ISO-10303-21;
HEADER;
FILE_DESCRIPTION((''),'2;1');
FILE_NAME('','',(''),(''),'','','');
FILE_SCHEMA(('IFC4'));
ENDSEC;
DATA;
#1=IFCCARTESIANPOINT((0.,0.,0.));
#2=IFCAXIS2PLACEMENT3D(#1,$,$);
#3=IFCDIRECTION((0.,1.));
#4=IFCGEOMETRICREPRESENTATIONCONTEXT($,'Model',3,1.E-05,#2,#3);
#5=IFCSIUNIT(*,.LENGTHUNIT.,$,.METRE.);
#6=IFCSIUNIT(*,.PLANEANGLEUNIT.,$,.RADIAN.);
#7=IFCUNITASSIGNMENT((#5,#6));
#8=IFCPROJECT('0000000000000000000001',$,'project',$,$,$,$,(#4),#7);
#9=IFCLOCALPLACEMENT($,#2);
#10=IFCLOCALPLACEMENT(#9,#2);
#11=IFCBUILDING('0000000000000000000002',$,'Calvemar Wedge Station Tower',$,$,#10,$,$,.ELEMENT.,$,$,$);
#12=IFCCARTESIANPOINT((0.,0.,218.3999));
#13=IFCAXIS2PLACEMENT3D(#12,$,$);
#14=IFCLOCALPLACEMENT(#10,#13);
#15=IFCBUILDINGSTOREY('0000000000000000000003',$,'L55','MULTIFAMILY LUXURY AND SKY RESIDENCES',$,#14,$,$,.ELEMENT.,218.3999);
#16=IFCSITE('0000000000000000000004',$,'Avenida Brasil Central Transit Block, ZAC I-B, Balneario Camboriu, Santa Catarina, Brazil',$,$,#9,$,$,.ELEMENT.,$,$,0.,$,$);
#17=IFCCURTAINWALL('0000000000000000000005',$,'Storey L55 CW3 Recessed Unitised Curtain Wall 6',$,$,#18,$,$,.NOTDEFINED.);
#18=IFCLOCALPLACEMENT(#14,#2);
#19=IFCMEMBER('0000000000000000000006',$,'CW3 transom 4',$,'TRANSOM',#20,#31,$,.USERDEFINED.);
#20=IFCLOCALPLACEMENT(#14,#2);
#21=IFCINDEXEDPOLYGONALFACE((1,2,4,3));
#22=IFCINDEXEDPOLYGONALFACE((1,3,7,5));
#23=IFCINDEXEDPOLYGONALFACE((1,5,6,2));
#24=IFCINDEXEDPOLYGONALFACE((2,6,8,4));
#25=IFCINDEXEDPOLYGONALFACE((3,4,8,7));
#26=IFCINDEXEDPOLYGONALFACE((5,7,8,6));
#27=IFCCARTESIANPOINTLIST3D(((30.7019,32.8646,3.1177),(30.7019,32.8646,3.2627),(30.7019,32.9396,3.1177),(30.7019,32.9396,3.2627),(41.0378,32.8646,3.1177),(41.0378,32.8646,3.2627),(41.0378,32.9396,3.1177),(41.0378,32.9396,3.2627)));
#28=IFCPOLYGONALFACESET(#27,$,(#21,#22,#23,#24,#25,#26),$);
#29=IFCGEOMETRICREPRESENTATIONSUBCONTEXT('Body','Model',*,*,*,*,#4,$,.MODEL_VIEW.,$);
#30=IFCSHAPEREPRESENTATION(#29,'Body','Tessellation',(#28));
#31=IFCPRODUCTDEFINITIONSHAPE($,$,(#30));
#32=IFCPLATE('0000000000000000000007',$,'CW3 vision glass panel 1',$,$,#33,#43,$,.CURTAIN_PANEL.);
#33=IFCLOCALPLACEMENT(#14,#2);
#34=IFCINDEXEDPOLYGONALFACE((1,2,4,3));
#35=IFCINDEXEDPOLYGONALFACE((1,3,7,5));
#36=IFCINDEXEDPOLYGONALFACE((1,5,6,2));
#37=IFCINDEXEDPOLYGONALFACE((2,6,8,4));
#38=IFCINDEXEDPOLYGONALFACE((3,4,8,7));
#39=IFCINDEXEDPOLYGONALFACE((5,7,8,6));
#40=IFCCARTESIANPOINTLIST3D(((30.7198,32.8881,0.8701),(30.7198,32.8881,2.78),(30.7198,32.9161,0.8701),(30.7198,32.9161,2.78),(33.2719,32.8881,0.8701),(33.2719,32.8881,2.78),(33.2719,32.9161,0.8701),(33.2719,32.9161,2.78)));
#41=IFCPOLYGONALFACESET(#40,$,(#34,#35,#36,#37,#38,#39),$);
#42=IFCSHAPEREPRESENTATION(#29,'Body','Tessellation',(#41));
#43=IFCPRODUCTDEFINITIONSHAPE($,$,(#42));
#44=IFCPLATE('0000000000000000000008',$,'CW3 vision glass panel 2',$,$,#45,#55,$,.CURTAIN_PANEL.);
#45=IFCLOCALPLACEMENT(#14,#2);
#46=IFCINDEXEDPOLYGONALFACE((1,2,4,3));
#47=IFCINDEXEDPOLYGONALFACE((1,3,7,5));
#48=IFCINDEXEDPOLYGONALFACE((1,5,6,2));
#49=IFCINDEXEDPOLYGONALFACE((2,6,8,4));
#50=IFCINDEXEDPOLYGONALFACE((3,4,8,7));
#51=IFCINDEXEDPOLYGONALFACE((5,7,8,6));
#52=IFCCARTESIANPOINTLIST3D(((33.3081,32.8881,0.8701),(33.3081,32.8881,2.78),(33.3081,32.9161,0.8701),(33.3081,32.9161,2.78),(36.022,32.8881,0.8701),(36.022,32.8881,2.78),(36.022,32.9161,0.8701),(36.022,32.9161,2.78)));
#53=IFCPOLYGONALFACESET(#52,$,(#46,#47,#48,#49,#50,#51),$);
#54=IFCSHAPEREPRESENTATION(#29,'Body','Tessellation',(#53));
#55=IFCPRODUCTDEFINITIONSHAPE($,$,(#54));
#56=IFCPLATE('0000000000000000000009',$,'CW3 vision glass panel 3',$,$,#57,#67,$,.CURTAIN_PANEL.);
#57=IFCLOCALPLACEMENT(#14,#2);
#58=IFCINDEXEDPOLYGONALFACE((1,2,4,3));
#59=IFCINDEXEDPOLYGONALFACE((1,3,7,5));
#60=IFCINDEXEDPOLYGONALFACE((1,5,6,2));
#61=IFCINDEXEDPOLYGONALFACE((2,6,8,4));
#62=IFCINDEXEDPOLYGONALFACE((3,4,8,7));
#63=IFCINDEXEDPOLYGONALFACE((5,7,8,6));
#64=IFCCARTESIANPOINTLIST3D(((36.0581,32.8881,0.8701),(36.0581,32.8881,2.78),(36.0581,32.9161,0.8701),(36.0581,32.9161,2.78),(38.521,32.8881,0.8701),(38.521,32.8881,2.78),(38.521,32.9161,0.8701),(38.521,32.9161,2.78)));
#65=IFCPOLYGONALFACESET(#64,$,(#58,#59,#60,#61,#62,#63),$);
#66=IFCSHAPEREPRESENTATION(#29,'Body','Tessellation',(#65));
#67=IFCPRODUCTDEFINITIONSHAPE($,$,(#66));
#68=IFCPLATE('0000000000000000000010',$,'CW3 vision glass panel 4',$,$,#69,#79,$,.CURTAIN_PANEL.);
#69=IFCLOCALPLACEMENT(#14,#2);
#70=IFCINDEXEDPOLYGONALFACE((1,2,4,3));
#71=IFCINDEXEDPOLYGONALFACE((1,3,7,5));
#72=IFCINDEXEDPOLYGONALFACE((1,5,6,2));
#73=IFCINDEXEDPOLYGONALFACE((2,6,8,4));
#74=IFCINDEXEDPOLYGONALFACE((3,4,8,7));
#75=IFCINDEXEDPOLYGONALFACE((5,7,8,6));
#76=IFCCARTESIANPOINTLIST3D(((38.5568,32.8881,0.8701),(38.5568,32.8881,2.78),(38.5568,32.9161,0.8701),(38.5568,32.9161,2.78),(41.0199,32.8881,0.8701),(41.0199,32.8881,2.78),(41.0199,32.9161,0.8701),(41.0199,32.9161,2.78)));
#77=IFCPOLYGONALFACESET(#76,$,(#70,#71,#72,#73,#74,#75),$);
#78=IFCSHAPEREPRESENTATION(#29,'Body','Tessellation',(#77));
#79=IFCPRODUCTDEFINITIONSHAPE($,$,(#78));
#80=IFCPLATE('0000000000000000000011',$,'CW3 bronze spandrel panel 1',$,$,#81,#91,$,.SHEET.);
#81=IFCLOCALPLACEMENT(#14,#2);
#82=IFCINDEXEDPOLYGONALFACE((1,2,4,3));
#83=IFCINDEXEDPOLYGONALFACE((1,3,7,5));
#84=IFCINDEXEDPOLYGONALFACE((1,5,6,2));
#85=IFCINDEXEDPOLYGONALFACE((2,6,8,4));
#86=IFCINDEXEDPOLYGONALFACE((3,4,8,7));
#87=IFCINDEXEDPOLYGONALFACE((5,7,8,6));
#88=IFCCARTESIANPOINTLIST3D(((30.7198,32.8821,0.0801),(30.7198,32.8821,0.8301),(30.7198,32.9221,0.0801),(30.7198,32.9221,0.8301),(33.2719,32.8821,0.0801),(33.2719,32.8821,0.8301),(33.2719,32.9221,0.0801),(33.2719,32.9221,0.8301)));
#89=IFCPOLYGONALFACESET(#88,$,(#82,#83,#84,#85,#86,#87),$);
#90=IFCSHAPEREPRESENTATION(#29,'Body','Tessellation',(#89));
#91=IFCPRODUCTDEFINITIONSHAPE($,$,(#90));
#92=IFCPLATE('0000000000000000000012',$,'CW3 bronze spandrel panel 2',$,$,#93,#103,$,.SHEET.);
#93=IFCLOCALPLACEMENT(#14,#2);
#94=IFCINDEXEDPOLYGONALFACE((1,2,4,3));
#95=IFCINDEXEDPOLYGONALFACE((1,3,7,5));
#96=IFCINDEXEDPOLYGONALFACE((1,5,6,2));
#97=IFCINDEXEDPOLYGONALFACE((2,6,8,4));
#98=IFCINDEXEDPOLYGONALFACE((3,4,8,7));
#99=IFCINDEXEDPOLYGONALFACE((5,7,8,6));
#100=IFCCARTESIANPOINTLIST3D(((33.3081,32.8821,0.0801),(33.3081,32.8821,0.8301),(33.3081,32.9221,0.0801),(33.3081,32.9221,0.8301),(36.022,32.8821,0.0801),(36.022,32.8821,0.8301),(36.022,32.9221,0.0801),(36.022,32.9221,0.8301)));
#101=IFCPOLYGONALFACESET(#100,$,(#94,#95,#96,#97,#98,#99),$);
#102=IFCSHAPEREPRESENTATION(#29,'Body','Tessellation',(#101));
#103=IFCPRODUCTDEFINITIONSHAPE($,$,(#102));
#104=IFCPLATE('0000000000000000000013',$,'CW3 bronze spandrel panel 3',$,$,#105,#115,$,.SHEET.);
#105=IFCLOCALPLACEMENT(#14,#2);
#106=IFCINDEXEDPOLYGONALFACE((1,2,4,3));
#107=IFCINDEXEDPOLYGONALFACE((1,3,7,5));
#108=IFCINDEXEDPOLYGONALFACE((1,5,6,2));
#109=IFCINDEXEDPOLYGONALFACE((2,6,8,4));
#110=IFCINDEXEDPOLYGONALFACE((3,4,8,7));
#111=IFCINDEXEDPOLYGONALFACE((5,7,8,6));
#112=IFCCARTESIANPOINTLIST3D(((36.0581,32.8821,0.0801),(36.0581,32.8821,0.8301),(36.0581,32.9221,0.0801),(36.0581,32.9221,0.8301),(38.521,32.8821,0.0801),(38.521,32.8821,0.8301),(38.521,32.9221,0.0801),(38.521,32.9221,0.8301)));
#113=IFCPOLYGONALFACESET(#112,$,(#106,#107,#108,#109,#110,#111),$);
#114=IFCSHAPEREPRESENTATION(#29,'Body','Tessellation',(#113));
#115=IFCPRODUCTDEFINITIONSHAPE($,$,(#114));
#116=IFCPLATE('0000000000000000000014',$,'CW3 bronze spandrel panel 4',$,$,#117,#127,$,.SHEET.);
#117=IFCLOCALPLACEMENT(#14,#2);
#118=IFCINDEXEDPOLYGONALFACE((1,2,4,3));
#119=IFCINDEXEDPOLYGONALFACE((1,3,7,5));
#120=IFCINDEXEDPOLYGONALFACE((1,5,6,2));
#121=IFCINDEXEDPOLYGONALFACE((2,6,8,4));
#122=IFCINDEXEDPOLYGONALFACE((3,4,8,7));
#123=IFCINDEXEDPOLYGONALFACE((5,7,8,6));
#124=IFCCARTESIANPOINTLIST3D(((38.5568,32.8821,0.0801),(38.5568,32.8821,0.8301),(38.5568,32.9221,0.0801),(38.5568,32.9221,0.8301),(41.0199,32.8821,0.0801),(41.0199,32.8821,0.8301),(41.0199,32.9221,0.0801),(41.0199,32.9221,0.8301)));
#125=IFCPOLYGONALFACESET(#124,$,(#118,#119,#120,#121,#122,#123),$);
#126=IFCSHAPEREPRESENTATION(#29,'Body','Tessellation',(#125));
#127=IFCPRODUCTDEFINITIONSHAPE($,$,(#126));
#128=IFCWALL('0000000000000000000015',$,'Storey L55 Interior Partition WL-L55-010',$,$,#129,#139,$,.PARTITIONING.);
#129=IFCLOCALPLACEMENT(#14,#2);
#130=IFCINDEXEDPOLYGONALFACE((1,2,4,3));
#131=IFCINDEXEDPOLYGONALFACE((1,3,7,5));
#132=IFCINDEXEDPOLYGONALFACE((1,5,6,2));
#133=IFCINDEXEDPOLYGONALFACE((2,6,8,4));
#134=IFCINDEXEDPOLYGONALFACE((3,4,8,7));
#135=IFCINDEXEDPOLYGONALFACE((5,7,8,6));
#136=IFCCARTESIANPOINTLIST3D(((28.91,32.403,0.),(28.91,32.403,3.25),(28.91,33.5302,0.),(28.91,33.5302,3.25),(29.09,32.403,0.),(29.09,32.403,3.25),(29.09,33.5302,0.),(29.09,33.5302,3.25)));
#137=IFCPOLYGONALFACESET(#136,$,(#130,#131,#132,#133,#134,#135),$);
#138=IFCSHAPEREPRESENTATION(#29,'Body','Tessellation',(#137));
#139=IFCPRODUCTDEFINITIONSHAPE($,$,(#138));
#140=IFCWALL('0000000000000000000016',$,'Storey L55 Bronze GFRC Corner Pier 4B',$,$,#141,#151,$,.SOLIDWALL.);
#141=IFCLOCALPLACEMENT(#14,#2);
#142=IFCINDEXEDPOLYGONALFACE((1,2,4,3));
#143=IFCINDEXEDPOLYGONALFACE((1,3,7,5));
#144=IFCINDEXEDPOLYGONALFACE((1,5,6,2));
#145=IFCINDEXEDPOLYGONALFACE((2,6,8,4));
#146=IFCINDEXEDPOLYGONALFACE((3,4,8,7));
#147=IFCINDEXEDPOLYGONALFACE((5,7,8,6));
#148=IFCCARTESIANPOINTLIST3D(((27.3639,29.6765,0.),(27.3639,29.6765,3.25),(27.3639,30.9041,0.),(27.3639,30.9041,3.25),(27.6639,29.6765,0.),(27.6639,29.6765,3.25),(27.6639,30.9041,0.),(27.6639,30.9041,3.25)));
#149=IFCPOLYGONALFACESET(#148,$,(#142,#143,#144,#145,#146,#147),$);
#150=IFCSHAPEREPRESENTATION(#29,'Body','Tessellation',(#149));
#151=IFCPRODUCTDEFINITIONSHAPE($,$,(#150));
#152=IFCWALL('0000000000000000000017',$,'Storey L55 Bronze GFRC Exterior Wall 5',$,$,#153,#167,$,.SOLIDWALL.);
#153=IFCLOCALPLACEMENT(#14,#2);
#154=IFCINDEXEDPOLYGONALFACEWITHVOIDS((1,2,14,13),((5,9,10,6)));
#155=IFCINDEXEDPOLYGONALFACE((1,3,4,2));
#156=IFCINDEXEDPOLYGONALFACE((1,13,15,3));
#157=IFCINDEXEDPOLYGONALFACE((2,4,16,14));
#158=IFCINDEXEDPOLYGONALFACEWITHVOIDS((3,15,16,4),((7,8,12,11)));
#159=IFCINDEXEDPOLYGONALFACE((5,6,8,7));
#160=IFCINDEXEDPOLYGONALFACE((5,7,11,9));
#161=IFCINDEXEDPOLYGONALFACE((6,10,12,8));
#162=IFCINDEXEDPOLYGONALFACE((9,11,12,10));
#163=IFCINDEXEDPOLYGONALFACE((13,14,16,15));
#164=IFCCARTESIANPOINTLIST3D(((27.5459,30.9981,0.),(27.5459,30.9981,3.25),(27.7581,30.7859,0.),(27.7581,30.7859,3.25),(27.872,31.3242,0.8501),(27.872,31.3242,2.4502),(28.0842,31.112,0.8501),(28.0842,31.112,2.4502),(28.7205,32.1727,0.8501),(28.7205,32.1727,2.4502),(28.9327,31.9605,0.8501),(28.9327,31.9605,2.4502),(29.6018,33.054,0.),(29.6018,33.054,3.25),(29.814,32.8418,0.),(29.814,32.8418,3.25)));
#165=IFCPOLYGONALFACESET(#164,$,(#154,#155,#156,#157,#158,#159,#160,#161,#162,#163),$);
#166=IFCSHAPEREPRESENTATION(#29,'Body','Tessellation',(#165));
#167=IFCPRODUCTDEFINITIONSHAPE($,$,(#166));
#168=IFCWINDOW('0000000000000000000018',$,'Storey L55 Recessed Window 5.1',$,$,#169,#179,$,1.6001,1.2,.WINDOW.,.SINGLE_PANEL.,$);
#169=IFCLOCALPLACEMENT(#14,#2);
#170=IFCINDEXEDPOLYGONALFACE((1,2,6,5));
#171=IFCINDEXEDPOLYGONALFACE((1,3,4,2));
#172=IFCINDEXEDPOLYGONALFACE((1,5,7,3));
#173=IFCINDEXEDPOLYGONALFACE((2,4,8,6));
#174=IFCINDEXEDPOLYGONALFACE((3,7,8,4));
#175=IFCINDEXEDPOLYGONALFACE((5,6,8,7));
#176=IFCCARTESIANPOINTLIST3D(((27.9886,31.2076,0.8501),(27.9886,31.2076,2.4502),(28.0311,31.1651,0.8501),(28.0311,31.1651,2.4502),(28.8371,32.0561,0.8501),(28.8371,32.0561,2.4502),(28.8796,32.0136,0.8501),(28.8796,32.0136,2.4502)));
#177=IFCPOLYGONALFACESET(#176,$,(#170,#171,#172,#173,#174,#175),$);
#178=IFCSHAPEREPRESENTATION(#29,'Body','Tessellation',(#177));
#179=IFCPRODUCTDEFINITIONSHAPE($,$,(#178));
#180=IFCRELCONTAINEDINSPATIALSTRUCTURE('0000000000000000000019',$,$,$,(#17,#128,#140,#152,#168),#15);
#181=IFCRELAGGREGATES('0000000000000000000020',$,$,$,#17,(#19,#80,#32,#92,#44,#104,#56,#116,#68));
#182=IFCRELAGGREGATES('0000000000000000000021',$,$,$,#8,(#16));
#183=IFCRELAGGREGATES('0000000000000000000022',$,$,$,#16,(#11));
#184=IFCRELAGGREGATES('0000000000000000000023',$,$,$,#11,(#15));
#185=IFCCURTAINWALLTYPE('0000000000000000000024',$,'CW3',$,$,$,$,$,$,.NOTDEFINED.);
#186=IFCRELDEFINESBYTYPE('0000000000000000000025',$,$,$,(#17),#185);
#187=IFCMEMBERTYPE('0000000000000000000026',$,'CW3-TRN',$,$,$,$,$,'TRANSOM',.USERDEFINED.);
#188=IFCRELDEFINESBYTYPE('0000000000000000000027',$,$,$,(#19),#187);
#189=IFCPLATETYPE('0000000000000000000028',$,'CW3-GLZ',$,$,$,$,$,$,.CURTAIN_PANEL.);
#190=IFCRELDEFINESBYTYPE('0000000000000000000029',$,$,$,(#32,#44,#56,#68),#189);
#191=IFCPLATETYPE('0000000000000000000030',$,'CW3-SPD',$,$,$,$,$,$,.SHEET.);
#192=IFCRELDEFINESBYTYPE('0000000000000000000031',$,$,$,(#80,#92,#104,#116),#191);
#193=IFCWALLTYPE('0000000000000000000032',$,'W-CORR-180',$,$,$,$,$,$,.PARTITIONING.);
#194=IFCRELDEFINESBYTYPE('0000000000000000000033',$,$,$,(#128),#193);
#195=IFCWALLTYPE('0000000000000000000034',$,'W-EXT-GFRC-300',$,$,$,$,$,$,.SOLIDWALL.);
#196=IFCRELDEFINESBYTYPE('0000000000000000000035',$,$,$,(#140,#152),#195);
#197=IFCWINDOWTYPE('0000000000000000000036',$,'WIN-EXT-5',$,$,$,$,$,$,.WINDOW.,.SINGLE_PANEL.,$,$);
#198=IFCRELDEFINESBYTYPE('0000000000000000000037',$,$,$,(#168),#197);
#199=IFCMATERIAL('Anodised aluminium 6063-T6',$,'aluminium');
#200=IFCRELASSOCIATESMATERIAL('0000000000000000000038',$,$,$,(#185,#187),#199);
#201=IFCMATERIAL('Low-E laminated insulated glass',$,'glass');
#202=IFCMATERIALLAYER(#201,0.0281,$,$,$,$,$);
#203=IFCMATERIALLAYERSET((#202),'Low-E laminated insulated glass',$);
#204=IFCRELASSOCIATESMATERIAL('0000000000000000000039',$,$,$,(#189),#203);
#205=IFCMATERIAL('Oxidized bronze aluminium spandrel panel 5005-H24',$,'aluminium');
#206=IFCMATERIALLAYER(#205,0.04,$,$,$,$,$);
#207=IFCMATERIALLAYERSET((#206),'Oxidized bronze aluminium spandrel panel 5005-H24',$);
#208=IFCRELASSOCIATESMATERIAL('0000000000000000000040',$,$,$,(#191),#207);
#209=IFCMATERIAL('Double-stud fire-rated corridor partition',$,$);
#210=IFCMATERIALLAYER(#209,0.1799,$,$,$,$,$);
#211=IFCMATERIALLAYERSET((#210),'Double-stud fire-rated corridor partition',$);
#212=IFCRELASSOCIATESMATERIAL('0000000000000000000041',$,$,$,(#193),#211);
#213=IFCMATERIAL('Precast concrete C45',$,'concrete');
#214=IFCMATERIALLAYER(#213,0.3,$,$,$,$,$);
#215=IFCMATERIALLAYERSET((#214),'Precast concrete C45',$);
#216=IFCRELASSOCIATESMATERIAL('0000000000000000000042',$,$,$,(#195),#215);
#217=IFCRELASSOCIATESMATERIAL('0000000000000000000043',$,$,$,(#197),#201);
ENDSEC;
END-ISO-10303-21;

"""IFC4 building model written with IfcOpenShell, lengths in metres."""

from ifc_helpers import new_model, si_unit, direction, frame, frame_2d, origin, origin_2d, place, context, subcontext, project, spatial, rectangle, extrude, source, transform, mapped, material, layer, layer_set, material_profile, profile_set, type_object, element, fill, aggregate, save


model = new_model("IFC4")

# Units and contexts
model_context = context("Model", 3, precision=1e-05, world=origin(), true_north=direction((0.0, 1.0)))
body_context = subcontext(model_context, "Body", "Model", "MODEL_VIEW")
ifc_project = project(units=[si_unit("LENGTHUNIT", "METRE"), si_unit("PLANEANGLEUNIT", "RADIAN")], contexts=[model_context])

# Site, building, storey
site_placement = place(None, origin())
site = spatial("IfcSite", under=ifc_project, at=site_placement, Name="Avenida Brasil Central Transit Block, ZAC I-B, Balneario Camboriu, Santa Catarina, Brazil", CompositionType="ELEMENT", RefElevation=0.0)
building_placement = place(site_placement, origin())
building = spatial("IfcBuilding", under=site, at=building_placement, Name="Calvemar Wedge Station Tower", CompositionType="ELEMENT")
storey_placement = place(building_placement, frame((0.0, 0.0, 218.3999)))
storey = spatial("IfcBuildingStorey", under=building, at=storey_placement, Name="L55", Description="MULTIFAMILY LUXURY AND SKY RESIDENCES", CompositionType="ELEMENT", Elevation=218.3999)

# Shared definitions
ifc_material_1 = material(Name="Anodised aluminium 6063-T6", Category="aluminium")
curtain_wall_type = type_object("IfcCurtainWallType", Name="CW3", PredefinedType="NOTDEFINED", material=ifc_material_1)

# Curtain wall, member, plates
curtain_wall_1_placement = place(storey_placement, origin())
curtain_wall_1 = element("IfcCurtainWall", 1, at=curtain_wall_1_placement, inside=storey, type_object=curtain_wall_type, Name="Storey L55 CW3 Recessed Unitised Curtain Wall 6", PredefinedType="NOTDEFINED")
ifc_material_profile_1 = material_profile(ifc_material_1, rectangle(XDim=0.075, YDim=0.145, at=origin_2d()), Name="AL-TRN-75x145")
ifc_profile_set_1 = profile_set([ifc_material_profile_1], Name="Anodised aluminium 6063-T6")
member_type_1 = type_object("IfcMemberType", Name="CW3-TRN", ElementType="TRANSOM", PredefinedType="USERDEFINED", material=ifc_profile_set_1)
shared_shape_1 = source(origin(), body_context, "Body", "SweptSolid", [
    extrude(rectangle(XDim=0.075, YDim=0.145, at=origin_2d()), origin(), (0.0, 0.0, 1.0), 10.3359),
])
member_1_placement = place(storey_placement, frame((30.7019, 32.9021, 3.1902), z_axis=(1.0, 0.0, 0.0), x_axis=(0.0, 1.0, 0.0)))
member_1 = element("IfcMember", 2, at=member_1_placement, type_object=member_type_1, Name="CW3 transom 4", ObjectType="TRANSOM", PredefinedType="USERDEFINED", context=body_context, shape_type="MappedRepresentation", body=[
    mapped(shared_shape_1, transform((0.0, 0.0, 0.0), scale=1.0)),
])
ifc_material_2 = material(Name="Low-E laminated insulated glass", Category="glass")
ifc_layer_1 = layer(ifc_material_2, 0.0281)
ifc_layer_set_1 = layer_set([ifc_layer_1], Name="Low-E laminated insulated glass")
plate_type_1 = type_object("IfcPlateType", Name="CW3-GLZ", PredefinedType="CURTAIN_PANEL", material=ifc_layer_set_1)
plate_1_placement = place(storey_placement, frame((30.72, 32.9021, 0.8701), z_axis=(0.0, 0.0, 1.0), x_axis=(1.0, 0.0, 0.0)))
plate_1 = element("IfcPlate", 3, at=plate_1_placement, type_object=plate_type_1, Name="CW3 vision glass panel 1", PredefinedType="CURTAIN_PANEL", context=body_context, shape_type="SweptSolid", body=[
    extrude(rectangle(XDim=2.552, YDim=0.0281, at=frame_2d((1.2759, 0.0))), origin(), (0.0, 0.0, 1.0), 1.9099),
])
plate_2_placement = place(storey_placement, frame((33.3081, 32.9021, 0.8701), z_axis=(0.0, 0.0, 1.0), x_axis=(1.0, 0.0, 0.0)))
plate_2 = element("IfcPlate", 4, at=plate_2_placement, type_object=plate_type_1, Name="CW3 vision glass panel 2", PredefinedType="CURTAIN_PANEL", context=body_context, shape_type="SweptSolid", body=[
    extrude(rectangle(XDim=2.7139, YDim=0.0281, at=frame_2d((1.3569, 0.0))), origin(), (0.0, 0.0, 1.0), 1.9099),
])
plate_3_placement = place(storey_placement, frame((36.0581, 32.9021, 0.8701), z_axis=(0.0, 0.0, 1.0), x_axis=(1.0, 0.0, 0.0)))
plate_3 = element("IfcPlate", 5, at=plate_3_placement, type_object=plate_type_1, Name="CW3 vision glass panel 3", PredefinedType="CURTAIN_PANEL", context=body_context, shape_type="SweptSolid", body=[
    extrude(rectangle(XDim=2.4629, YDim=0.0281, at=frame_2d((1.2314, 0.0))), origin(), (0.0, 0.0, 1.0), 1.9099),
])
plate_4_placement = place(storey_placement, frame((38.5569, 32.9021, 0.8701), z_axis=(0.0, 0.0, 1.0), x_axis=(1.0, 0.0, 0.0)))
plate_4 = element("IfcPlate", 6, at=plate_4_placement, type_object=plate_type_1, Name="CW3 vision glass panel 4", PredefinedType="CURTAIN_PANEL", context=body_context, shape_type="SweptSolid", body=[
    extrude(rectangle(XDim=2.4631, YDim=0.0281, at=frame_2d((1.2314, 0.0))), origin(), (0.0, 0.0, 1.0), 1.9099),
])
ifc_material_3 = material(Name="Oxidized bronze aluminium spandrel panel 5005-H24", Category="aluminium")
ifc_layer_2 = layer(ifc_material_3, 0.04)
ifc_layer_set_2 = layer_set([ifc_layer_2], Name="Oxidized bronze aluminium spandrel panel 5005-H24")
plate_type_2 = type_object("IfcPlateType", Name="CW3-SPD", PredefinedType="SHEET", material=ifc_layer_set_2)
plate_5_placement = place(storey_placement, frame((30.72, 32.9021, 0.0801), z_axis=(0.0, 0.0, 1.0), x_axis=(1.0, 0.0, 0.0)))
plate_5 = element("IfcPlate", 7, at=plate_5_placement, type_object=plate_type_2, Name="CW3 bronze spandrel panel 1", PredefinedType="SHEET", context=body_context, shape_type="SweptSolid", body=[
    extrude(rectangle(XDim=2.552, YDim=0.04, at=frame_2d((1.2759, 0.0))), origin(), (0.0, 0.0, 1.0), 0.75),
])
plate_6_placement = place(storey_placement, frame((33.3081, 32.9021, 0.0801), z_axis=(0.0, 0.0, 1.0), x_axis=(1.0, 0.0, 0.0)))
plate_6 = element("IfcPlate", 8, at=plate_6_placement, type_object=plate_type_2, Name="CW3 bronze spandrel panel 2", PredefinedType="SHEET", context=body_context, shape_type="SweptSolid", body=[
    extrude(rectangle(XDim=2.7139, YDim=0.04, at=frame_2d((1.3569, 0.0))), origin(), (0.0, 0.0, 1.0), 0.75),
])
plate_7_placement = place(storey_placement, frame((36.0581, 32.9021, 0.0801), z_axis=(0.0, 0.0, 1.0), x_axis=(1.0, 0.0, 0.0)))
plate_7 = element("IfcPlate", 9, at=plate_7_placement, type_object=plate_type_2, Name="CW3 bronze spandrel panel 3", PredefinedType="SHEET", context=body_context, shape_type="SweptSolid", body=[
    extrude(rectangle(XDim=2.4629, YDim=0.04, at=frame_2d((1.2314, 0.0))), origin(), (0.0, 0.0, 1.0), 0.75),
])
plate_8_placement = place(storey_placement, frame((38.5569, 32.9021, 0.0801), z_axis=(0.0, 0.0, 1.0), x_axis=(1.0, 0.0, 0.0)))
plate_8 = element("IfcPlate", 10, at=plate_8_placement, type_object=plate_type_2, Name="CW3 bronze spandrel panel 4", PredefinedType="SHEET", context=body_context, shape_type="SweptSolid", body=[
    extrude(rectangle(XDim=2.4631, YDim=0.04, at=frame_2d((1.2314, 0.0))), origin(), (0.0, 0.0, 1.0), 0.75),
])
aggregate(curtain_wall_1, [member_1, plate_5, plate_1, plate_6, plate_2, plate_7, plate_3, plate_8, plate_4])

# Walls
ifc_material_4 = material(Name="Double-stud fire-rated corridor partition")
ifc_layer_3 = layer(ifc_material_4, 0.1799)
ifc_layer_set_3 = layer_set([ifc_layer_3], Name="Double-stud fire-rated corridor partition")
wall_type_1 = type_object("IfcWallType", Name="W-CORR-180", PredefinedType="PARTITIONING", material=ifc_layer_set_3)
wall_1_placement = place(storey_placement, frame((29.0, 33.53, 0.0), z_axis=(0.0, 0.0, 1.0), x_axis=(0.0, -1.0, 0.0)))
element("IfcWall", 11, at=wall_1_placement, inside=storey, type_object=wall_type_1, Name="Storey L55 Interior Partition WL-L55-010", PredefinedType="PARTITIONING", context=body_context, shape_type="SweptSolid", body=[
    extrude(rectangle(XDim=1.1272, YDim=0.1799, at=frame_2d((0.5635, 0.0))), origin(), (0.0, 0.0, 1.0), 3.25),
])
ifc_material_5 = material(Name="Precast concrete C45", Category="concrete")
ifc_layer_4 = layer(ifc_material_5, 0.3)
ifc_layer_set_4 = layer_set([ifc_layer_4], Name="Precast concrete C45")
wall_type_2 = type_object("IfcWallType", Name="W-EXT-GFRC-300", PredefinedType="SOLIDWALL", material=ifc_layer_set_4)
wall_2_placement = place(storey_placement, frame((27.5139, 29.6765, 0.0), z_axis=(0.0, 0.0, 1.0), x_axis=(0.0, 1.0, 0.0)))
element("IfcWall", 12, at=wall_2_placement, inside=storey, type_object=wall_type_2, Name="Storey L55 Bronze GFRC Corner Pier 4B", PredefinedType="SOLIDWALL", context=body_context, shape_type="SweptSolid", body=[
    extrude(rectangle(XDim=1.2275, YDim=0.3, at=frame_2d((0.6138, 0.0))), origin(), (0.0, 0.0, 1.0), 3.25),
])

# Wall, opening, window
wall_3_placement = place(storey_placement, frame((27.6521, 30.8921, 0.0), z_axis=(0.0, 0.0, 1.0), x_axis=(0.707107, 0.707107, 0.0)))
wall_3 = element("IfcWall", 13, at=wall_3_placement, inside=storey, type_object=wall_type_2, Name="Storey L55 Bronze GFRC Exterior Wall 5", PredefinedType="SOLIDWALL", context=body_context, shape_type="SweptSolid", body=[
    extrude(rectangle(XDim=2.9075, YDim=0.3, at=frame_2d((1.4536, 0.0))), origin(), (0.0, 0.0, 1.0), 3.25),
])
shared_shape_2 = source(origin(), body_context, "Body", "SweptSolid", [
    extrude(rectangle(XDim=1.2, YDim=1.6001, at=frame_2d((0.6001, 0.8))), frame((0.0, 0.1602, 0.0), z_axis=(0.0, -1.0, 0.0), x_axis=(1.0, 0.0, 0.0)), (0.0, 0.0, 1.0), 0.3201),
])
opening_1_placement = place(wall_3_placement, frame((0.4609, 0.0, 0.8501)))
opening_1 = element("IfcOpeningElement", 14, at=opening_1_placement, cuts=wall_3, PredefinedType="OPENING", context=body_context, shape_type="MappedRepresentation", body=[
    mapped(shared_shape_2, transform((0.0, 0.0, 0.0), scale=1.0)),
])
window_type_1 = type_object("IfcWindowType", Name="WIN-EXT-5", PartitioningType="SINGLE_PANEL", PredefinedType="WINDOW", material=ifc_material_2)
shared_shape_3 = source(origin(), body_context, "Body", "SweptSolid", [
    extrude(rectangle(XDim=1.2, YDim=1.6001, at=frame_2d((0.6001, 0.8))), frame((0.0, -0.0149, 0.0), z_axis=(0.0, -1.0, 0.0), x_axis=(1.0, 0.0, 0.0)), (0.0, 0.0, 1.0), 0.0601),
])
window_1_placement = place(opening_1_placement, origin())
window_1 = element("IfcWindow", 15, at=window_1_placement, inside=storey, type_object=window_type_1, Name="Storey L55 Recessed Window 5.1", OverallHeight=1.6001, OverallWidth=1.2, PartitioningType="SINGLE_PANEL", PredefinedType="WINDOW", context=body_context, shape_type="MappedRepresentation", body=[
    mapped(shared_shape_3, transform((0.0, 0.0, 0.0), scale=1.0)),
])
fill(opening_1, window_1)

save(model, "model.ifc")
